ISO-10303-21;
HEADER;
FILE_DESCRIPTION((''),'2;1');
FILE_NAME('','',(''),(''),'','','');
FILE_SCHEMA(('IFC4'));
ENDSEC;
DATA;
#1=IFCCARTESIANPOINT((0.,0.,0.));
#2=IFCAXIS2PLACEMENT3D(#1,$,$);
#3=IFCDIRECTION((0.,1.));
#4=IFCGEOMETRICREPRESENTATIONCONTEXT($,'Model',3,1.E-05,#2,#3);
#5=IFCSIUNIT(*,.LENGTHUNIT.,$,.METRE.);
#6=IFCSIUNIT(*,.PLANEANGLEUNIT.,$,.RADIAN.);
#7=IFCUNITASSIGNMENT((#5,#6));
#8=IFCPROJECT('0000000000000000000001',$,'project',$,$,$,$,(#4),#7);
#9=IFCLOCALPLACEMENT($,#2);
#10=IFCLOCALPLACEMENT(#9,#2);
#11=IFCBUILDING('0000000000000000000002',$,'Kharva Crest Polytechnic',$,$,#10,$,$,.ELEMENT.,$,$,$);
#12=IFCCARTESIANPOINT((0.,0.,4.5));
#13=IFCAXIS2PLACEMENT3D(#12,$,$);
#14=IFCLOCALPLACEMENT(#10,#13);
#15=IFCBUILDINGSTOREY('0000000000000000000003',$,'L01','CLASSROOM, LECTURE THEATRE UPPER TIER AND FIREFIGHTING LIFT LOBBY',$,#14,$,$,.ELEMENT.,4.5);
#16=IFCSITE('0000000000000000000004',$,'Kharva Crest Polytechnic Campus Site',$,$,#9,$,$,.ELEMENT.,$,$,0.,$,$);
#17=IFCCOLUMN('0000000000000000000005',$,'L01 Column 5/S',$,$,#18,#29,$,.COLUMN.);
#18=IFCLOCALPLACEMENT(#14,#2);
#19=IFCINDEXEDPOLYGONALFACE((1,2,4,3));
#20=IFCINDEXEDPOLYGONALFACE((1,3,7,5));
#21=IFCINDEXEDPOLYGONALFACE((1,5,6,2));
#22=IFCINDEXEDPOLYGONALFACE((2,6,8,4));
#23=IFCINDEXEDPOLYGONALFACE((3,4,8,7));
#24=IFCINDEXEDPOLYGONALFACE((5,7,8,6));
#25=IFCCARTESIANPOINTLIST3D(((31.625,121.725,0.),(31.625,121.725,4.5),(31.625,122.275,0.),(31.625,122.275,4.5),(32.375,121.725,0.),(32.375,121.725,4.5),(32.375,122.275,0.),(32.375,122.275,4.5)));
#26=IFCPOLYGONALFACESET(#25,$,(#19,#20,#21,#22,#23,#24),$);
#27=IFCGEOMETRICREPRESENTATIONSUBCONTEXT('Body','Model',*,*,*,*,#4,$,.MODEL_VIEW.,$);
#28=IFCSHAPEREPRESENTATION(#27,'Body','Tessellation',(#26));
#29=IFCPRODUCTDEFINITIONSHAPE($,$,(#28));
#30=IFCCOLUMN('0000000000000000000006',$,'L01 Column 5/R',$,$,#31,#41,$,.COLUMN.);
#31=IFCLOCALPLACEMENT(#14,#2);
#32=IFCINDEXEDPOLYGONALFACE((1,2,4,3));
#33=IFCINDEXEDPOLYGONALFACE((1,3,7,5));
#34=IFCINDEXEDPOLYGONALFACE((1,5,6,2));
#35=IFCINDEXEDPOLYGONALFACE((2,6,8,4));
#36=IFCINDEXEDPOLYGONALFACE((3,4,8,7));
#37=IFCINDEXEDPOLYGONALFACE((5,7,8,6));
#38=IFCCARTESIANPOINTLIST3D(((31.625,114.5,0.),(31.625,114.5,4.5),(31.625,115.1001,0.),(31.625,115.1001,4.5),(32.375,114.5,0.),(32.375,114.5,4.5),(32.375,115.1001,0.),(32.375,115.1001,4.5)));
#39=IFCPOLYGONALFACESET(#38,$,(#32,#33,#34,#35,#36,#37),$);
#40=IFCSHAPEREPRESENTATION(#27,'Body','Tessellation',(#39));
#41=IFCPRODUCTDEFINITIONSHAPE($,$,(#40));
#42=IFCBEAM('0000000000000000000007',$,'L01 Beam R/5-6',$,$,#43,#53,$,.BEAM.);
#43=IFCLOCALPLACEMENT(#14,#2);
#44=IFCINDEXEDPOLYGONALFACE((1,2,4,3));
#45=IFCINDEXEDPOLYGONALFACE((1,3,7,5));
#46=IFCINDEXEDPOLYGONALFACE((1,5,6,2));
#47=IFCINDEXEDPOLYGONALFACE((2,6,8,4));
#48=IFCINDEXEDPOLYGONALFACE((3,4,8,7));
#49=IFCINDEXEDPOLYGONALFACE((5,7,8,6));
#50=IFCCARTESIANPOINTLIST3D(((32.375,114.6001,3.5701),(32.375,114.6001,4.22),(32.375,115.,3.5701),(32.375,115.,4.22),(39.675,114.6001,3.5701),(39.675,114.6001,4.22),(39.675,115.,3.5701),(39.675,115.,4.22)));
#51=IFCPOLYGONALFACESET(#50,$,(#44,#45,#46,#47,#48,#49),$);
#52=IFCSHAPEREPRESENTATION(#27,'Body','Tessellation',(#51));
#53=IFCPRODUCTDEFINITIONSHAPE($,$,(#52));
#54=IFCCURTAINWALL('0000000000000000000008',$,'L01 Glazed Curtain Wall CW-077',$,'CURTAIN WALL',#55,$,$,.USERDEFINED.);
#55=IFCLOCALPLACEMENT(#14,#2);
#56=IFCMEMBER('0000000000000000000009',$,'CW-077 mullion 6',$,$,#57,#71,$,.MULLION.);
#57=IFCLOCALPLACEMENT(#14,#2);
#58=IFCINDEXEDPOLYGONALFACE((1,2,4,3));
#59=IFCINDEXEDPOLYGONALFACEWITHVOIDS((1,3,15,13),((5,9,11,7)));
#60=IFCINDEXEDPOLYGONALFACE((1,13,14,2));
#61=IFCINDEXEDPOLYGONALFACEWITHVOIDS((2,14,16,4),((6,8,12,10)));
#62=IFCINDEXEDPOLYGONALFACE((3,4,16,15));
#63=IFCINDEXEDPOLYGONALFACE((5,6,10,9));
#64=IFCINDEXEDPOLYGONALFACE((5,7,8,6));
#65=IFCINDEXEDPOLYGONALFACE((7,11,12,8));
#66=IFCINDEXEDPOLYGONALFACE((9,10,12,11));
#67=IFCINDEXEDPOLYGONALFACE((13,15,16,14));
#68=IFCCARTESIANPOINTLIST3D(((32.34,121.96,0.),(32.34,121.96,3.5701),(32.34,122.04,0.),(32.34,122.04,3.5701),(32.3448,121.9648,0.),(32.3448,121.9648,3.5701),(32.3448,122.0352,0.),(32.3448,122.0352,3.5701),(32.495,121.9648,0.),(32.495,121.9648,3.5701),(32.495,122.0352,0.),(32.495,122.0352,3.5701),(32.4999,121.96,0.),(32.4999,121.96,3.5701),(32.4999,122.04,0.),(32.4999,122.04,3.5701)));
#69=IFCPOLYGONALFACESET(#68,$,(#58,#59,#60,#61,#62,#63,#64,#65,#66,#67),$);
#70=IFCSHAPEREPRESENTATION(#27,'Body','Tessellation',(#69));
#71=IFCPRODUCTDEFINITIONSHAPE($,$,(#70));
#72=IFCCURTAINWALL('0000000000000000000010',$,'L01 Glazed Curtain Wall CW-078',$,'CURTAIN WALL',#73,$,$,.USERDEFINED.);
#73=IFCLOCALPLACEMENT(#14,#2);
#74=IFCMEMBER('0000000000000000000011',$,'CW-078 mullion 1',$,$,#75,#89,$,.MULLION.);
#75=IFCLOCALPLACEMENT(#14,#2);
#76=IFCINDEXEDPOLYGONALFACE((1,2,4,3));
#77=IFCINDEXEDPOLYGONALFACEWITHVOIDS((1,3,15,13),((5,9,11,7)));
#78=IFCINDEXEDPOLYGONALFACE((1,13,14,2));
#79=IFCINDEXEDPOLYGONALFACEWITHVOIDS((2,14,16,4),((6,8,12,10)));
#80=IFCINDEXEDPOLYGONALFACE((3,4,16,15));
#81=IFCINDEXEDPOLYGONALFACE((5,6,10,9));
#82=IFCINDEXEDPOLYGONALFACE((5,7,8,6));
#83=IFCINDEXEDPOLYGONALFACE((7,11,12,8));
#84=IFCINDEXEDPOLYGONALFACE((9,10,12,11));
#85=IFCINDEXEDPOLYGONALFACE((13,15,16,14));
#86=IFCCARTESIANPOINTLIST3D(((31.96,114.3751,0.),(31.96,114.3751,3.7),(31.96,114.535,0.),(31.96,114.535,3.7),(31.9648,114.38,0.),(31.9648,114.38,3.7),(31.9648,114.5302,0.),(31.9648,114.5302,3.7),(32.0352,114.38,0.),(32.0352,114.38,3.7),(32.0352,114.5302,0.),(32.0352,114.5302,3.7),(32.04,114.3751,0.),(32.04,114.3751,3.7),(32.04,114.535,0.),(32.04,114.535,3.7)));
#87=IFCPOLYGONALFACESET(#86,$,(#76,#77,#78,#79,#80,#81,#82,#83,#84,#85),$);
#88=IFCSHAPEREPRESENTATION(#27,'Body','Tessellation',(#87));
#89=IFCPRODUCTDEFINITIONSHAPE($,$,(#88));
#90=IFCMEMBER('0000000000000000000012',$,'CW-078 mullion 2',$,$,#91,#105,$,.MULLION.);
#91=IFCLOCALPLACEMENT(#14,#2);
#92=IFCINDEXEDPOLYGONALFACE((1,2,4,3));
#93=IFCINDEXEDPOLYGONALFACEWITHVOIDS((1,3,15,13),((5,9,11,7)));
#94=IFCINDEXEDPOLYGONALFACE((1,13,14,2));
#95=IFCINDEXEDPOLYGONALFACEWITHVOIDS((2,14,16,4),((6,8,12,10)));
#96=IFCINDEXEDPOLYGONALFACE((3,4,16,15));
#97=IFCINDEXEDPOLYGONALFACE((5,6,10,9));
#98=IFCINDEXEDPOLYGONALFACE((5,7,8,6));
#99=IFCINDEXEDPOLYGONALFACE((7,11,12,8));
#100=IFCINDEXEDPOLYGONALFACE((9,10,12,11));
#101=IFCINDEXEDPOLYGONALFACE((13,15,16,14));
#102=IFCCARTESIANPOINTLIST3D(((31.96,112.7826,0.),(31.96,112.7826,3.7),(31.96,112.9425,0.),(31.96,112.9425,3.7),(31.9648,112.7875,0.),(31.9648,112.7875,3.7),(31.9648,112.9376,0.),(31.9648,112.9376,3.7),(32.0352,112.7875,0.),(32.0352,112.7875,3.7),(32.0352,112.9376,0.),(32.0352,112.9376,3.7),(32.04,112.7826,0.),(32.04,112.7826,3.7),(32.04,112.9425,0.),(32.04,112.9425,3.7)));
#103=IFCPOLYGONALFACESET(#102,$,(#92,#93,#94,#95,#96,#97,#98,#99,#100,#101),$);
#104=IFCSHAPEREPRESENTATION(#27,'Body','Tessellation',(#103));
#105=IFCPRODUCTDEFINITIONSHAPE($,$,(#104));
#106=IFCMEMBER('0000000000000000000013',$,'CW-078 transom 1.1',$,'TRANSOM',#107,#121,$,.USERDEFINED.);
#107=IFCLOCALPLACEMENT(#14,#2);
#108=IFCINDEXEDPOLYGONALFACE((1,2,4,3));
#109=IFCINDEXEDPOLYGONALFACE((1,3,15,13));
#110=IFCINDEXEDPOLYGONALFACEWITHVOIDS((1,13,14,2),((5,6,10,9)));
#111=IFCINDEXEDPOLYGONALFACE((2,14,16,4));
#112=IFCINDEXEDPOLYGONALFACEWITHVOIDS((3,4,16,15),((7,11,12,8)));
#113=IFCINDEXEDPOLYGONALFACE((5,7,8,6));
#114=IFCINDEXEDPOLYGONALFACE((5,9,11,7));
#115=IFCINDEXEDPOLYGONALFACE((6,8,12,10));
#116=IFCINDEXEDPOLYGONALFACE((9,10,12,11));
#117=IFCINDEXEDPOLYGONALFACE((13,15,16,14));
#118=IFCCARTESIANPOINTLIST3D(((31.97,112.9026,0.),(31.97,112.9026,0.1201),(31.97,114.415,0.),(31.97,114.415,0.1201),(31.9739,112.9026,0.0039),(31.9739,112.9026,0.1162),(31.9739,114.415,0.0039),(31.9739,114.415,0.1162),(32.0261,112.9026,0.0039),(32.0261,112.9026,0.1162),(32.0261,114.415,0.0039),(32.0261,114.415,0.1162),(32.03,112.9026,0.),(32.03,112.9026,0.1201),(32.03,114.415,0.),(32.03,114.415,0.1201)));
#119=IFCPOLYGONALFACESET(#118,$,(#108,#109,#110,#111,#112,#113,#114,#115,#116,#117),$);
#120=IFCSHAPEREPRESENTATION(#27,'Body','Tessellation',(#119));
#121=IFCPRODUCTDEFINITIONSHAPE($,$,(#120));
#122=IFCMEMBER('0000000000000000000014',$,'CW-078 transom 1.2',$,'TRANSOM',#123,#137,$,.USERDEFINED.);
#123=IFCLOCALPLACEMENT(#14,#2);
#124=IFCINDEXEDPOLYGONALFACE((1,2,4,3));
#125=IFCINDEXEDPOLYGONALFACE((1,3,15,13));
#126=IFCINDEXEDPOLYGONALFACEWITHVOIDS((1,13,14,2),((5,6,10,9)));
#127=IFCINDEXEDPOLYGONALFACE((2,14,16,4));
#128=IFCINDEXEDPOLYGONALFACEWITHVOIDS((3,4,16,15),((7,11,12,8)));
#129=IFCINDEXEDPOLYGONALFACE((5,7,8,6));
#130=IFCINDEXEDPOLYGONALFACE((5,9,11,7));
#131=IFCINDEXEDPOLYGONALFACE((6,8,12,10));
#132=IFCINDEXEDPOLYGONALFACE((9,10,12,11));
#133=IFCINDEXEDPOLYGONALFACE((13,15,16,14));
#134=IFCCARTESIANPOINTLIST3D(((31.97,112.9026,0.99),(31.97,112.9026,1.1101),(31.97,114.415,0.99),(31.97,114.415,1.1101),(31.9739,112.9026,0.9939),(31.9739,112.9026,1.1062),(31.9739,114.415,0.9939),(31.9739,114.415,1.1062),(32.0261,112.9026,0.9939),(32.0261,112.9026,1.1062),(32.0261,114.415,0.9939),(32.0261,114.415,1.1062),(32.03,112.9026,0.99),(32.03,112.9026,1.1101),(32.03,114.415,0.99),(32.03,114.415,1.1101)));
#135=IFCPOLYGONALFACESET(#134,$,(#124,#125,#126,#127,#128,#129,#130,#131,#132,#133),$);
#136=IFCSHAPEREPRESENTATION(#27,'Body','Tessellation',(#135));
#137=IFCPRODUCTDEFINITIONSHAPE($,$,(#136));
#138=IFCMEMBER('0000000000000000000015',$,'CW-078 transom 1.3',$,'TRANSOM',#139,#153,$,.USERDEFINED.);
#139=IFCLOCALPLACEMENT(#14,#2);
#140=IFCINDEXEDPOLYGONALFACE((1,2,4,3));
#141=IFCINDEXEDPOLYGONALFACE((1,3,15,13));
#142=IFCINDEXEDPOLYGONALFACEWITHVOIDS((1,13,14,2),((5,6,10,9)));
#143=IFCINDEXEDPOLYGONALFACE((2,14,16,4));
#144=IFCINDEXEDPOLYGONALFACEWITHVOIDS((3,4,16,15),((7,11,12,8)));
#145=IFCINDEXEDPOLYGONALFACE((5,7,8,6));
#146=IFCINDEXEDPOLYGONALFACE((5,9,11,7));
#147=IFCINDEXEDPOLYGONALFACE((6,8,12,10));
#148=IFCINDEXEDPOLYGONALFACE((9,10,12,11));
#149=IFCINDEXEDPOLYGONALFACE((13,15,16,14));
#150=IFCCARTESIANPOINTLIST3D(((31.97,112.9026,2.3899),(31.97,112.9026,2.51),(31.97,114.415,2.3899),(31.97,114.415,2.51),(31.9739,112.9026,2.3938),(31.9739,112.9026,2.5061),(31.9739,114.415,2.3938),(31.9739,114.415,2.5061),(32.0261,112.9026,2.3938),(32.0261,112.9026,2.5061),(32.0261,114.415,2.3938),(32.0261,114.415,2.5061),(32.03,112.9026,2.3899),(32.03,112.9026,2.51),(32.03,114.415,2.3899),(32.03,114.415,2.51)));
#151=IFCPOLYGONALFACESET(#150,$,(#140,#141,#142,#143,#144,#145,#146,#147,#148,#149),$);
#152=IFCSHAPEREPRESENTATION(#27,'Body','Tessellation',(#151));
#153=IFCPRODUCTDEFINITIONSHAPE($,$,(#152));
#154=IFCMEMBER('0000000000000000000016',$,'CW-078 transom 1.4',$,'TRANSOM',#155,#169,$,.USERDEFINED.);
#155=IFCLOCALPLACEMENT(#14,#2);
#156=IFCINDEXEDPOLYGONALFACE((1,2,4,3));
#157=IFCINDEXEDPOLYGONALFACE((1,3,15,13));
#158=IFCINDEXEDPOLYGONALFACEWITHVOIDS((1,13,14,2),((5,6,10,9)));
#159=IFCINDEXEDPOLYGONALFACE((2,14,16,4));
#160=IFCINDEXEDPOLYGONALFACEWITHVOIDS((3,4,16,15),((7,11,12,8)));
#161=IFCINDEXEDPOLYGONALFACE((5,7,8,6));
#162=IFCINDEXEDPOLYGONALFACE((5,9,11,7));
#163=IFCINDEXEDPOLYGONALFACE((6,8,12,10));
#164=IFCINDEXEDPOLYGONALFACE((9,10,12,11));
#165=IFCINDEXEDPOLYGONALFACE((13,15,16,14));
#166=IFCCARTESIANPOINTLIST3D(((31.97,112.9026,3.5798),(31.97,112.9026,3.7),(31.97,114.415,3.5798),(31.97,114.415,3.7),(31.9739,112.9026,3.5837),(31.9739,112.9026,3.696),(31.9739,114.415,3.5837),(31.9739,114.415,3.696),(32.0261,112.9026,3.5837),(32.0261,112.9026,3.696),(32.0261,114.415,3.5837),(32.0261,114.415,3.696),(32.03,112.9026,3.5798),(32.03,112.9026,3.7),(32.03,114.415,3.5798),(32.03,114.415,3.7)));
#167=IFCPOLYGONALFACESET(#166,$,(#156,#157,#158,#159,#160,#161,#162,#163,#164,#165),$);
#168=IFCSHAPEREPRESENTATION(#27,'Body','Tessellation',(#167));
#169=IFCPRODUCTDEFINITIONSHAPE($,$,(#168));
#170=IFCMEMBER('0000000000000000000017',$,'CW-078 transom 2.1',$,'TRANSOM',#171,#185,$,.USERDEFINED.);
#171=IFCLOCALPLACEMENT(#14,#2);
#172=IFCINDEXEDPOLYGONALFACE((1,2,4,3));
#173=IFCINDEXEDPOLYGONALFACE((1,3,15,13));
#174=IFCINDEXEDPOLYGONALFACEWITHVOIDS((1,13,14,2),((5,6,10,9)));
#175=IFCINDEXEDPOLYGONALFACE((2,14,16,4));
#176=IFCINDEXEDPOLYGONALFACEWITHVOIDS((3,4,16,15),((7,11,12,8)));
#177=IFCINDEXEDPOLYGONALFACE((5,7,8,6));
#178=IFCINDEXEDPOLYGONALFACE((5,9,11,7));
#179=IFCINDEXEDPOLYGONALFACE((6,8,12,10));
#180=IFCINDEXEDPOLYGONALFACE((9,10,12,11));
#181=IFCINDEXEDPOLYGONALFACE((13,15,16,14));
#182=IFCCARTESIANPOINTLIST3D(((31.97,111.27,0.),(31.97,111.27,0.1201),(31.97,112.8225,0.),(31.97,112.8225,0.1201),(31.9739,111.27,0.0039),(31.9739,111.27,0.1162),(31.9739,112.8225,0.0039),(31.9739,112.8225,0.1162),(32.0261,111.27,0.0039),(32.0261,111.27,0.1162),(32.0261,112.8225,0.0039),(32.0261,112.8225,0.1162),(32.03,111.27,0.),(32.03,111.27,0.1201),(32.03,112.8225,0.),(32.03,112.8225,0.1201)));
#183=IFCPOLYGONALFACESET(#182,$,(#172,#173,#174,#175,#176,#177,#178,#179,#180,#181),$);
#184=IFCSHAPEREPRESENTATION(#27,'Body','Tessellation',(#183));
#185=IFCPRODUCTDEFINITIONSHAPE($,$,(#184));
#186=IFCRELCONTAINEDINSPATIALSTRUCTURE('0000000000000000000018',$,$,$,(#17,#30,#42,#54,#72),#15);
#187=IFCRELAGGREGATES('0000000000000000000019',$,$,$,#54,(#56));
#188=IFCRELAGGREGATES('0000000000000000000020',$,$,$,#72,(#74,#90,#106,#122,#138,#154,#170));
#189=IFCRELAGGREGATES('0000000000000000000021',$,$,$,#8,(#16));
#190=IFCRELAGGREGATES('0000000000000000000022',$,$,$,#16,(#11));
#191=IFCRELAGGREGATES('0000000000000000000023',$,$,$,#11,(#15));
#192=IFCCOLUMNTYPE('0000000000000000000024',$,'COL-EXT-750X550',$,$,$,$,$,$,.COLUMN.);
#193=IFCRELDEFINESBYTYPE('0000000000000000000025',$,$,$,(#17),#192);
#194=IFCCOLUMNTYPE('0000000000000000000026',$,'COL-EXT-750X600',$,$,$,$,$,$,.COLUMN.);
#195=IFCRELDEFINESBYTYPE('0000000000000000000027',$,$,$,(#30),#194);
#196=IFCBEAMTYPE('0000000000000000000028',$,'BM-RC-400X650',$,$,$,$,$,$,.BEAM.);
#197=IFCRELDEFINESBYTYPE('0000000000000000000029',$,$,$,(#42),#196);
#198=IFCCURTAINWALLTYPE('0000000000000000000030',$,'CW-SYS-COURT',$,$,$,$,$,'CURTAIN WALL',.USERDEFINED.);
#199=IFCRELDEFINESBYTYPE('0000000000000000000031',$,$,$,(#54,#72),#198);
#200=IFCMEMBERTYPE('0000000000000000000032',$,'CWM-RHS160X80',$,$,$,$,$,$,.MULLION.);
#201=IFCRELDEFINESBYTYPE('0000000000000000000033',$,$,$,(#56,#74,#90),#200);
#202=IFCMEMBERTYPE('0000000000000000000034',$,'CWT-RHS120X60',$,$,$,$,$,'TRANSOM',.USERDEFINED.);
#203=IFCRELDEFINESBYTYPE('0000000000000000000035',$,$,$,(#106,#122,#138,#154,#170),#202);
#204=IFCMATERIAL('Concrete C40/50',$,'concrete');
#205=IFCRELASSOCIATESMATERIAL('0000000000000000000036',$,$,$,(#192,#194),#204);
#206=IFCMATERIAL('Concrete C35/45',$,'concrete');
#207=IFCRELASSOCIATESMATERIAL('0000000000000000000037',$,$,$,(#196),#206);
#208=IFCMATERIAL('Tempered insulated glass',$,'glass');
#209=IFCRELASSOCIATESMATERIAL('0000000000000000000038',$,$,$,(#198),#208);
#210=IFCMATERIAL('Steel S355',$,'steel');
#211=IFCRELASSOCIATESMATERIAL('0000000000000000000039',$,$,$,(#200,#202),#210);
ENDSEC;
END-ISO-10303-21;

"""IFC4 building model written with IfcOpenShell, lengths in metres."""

from ifc_helpers import new_model, si_unit, direction, frame, origin, origin_2d, place, context, subcontext, project, spatial, rectangle, hollow_rectangle, extrude, material, material_profile, profile_set, type_object, element, aggregate, save


model = new_model("IFC4")

# Units and contexts
model_context = context("Model", 3, precision=1e-05, world=origin(), true_north=direction((0.0, 1.0)))
body_context = subcontext(model_context, "Body", "Model", "MODEL_VIEW")
ifc_project = project(units=[si_unit("LENGTHUNIT", "METRE"), si_unit("PLANEANGLEUNIT", "RADIAN")], contexts=[model_context])

# Site, building, storey
site_placement = place(None, origin())
site = spatial("IfcSite", under=ifc_project, at=site_placement, Name="Kharva Crest Polytechnic Campus Site", CompositionType="ELEMENT", RefElevation=0.0)
building_placement = place(site_placement, origin())
building = spatial("IfcBuilding", under=site, at=building_placement, Name="Kharva Crest Polytechnic", CompositionType="ELEMENT")
storey_placement = place(building_placement, frame((0.0, 0.0, 4.5)))
storey = spatial("IfcBuildingStorey", under=building, at=storey_placement, Name="L01", Description="CLASSROOM, LECTURE THEATRE UPPER TIER AND FIREFIGHTING LIFT LOBBY", CompositionType="ELEMENT", Elevation=4.5)

# Columns
ifc_material_1 = material(Name="Concrete C40/50", Category="concrete")
ifc_material_profile_1 = material_profile(ifc_material_1, rectangle(XDim=0.75, YDim=0.55, at=origin_2d()), Name="RECT 750 X 550")
ifc_profile_set_1 = profile_set([ifc_material_profile_1], Name="Concrete C40/50")
column_type_1 = type_object("IfcColumnType", Name="COL-EXT-750X550", PredefinedType="COLUMN", material=ifc_profile_set_1)
column_1_placement = place(storey_placement, frame((32.0, 122.0, 0.0), z_axis=(0.0, 0.0, 1.0), x_axis=(1.0, 0.0, 0.0)))
element("IfcColumn", 1, at=column_1_placement, inside=storey, type_object=column_type_1, Name="L01 Column 5/S", PredefinedType="COLUMN", context=body_context, shape_type="SweptSolid", body=[
    extrude(rectangle(XDim=0.75, YDim=0.55, at=origin_2d()), origin(), (0.0, 0.0, 1.0), 4.5),
])
ifc_material_profile_2 = material_profile(ifc_material_1, rectangle(XDim=0.75, YDim=0.6001, at=origin_2d()), Name="RECT 750 X 600")
ifc_profile_set_2 = profile_set([ifc_material_profile_2], Name="Concrete C40/50")
column_type_2 = type_object("IfcColumnType", Name="COL-EXT-750X600", PredefinedType="COLUMN", material=ifc_profile_set_2)
column_2_placement = place(storey_placement, frame((32.0, 114.8, 0.0), z_axis=(0.0, 0.0, 1.0), x_axis=(1.0, 0.0, 0.0)))
element("IfcColumn", 2, at=column_2_placement, inside=storey, type_object=column_type_2, Name="L01 Column 5/R", PredefinedType="COLUMN", context=body_context, shape_type="SweptSolid", body=[
    extrude(rectangle(XDim=0.75, YDim=0.6001, at=origin_2d()), origin(), (0.0, 0.0, 1.0), 4.5),
])

# Beam
ifc_material_2 = material(Name="Concrete C35/45", Category="concrete")
ifc_material_profile_3 = material_profile(ifc_material_2, rectangle(XDim=0.3999, YDim=0.6499, at=origin_2d()), Name="RECT 400 X 650")
ifc_profile_set_3 = profile_set([ifc_material_profile_3], Name="Concrete C35/45")
beam_type_1 = type_object("IfcBeamType", Name="BM-RC-400X650", PredefinedType="BEAM", material=ifc_profile_set_3)
beam_1_placement = place(storey_placement, frame((32.375, 114.8, 3.895), z_axis=(1.0, 0.0, 0.0), x_axis=(0.0, 1.0, 0.0)))
element("IfcBeam", 3, at=beam_1_placement, inside=storey, type_object=beam_type_1, Name="L01 Beam R/5-6", PredefinedType="BEAM", context=body_context, shape_type="SweptSolid", body=[
    extrude(rectangle(XDim=0.3999, YDim=0.6499, at=origin_2d()), origin(), (0.0, 0.0, 1.0), 7.3),
])

# Curtain wall, member
ifc_material_3 = material(Name="Tempered insulated glass", Category="glass")
curtain_wall_type = type_object("IfcCurtainWallType", Name="CW-SYS-COURT", ElementType="CURTAIN WALL", PredefinedType="USERDEFINED", material=ifc_material_3)
curtain_wall_1_placement = place(storey_placement, origin())
curtain_wall_1 = element("IfcCurtainWall", 4, at=curtain_wall_1_placement, inside=storey, type_object=curtain_wall_type, Name="L01 Glazed Curtain Wall CW-077", ObjectType="CURTAIN WALL", PredefinedType="USERDEFINED")
ifc_material_4 = material(Name="Steel S355", Category="steel")
ifc_material_profile_4 = material_profile(ifc_material_4, hollow_rectangle(XDim=0.0801, YDim=0.1599, WallThickness=0.0049, at=origin_2d()), Name="RHS 160X80X5.0")
ifc_profile_set_4 = profile_set([ifc_material_profile_4], Name="Steel S355")
member_type_1 = type_object("IfcMemberType", Name="CWM-RHS160X80", PredefinedType="MULLION", material=ifc_profile_set_4)
member_1_placement = place(storey_placement, frame((32.4199, 122.0, 0.0), z_axis=(0.0, 0.0, 1.0), x_axis=(0.0, -1.0, 0.0)))
member_1 = element("IfcMember", 5, at=member_1_placement, type_object=member_type_1, Name="CW-077 mullion 6", PredefinedType="MULLION", context=body_context, shape_type="SweptSolid", body=[
    extrude(hollow_rectangle(XDim=0.0801, YDim=0.1599, WallThickness=0.0049, at=origin_2d()), origin(), (0.0, 0.0, 1.0), 3.5701),
])
aggregate(curtain_wall_1, [member_1])

# Curtain wall, members
curtain_wall_2_placement = place(storey_placement, origin())
curtain_wall_2 = element("IfcCurtainWall", 6, at=curtain_wall_2_placement, inside=storey, type_object=curtain_wall_type, Name="L01 Glazed Curtain Wall CW-078", ObjectType="CURTAIN WALL", PredefinedType="USERDEFINED")
member_2_placement = place(storey_placement, frame((32.0, 114.4551, 0.0), z_axis=(0.0, 0.0, 1.0), x_axis=(1.0, 0.0, 0.0)))
member_2 = element("IfcMember", 7, at=member_2_placement, type_object=member_type_1, Name="CW-078 mullion 1", PredefinedType="MULLION", context=body_context, shape_type="SweptSolid", body=[
    extrude(hollow_rectangle(XDim=0.0801, YDim=0.1599, WallThickness=0.0049, at=origin_2d()), origin(), (0.0, 0.0, 1.0), 3.7),
])
member_3_placement = place(storey_placement, frame((32.0, 112.8625, 0.0), z_axis=(0.0, 0.0, 1.0), x_axis=(1.0, 0.0, 0.0)))
member_3 = element("IfcMember", 8, at=member_3_placement, type_object=member_type_1, Name="CW-078 mullion 2", PredefinedType="MULLION", context=body_context, shape_type="SweptSolid", body=[
    extrude(hollow_rectangle(XDim=0.0801, YDim=0.1599, WallThickness=0.0049, at=origin_2d()), origin(), (0.0, 0.0, 1.0), 3.7),
])
ifc_material_profile_5 = material_profile(ifc_material_4, hollow_rectangle(XDim=0.0601, YDim=0.1201, WallThickness=0.0039, at=origin_2d()), Name="RHS 120X60X4.0")
ifc_profile_set_5 = profile_set([ifc_material_profile_5], Name="Steel S355")
member_type_2 = type_object("IfcMemberType", Name="CWT-RHS120X60", ElementType="TRANSOM", PredefinedType="USERDEFINED", material=ifc_profile_set_5)
member_4_placement = place(storey_placement, frame((32.0, 114.415, 0.0601), z_axis=(0.0, -1.0, 0.0), x_axis=(1.0, 0.0, 0.0)))
member_4 = element("IfcMember", 9, at=member_4_placement, type_object=member_type_2, Name="CW-078 transom 1.1", ObjectType="TRANSOM", PredefinedType="USERDEFINED", context=body_context, shape_type="SweptSolid", body=[
    extrude(hollow_rectangle(XDim=0.0601, YDim=0.1201, WallThickness=0.0039, at=origin_2d()), origin(), (0.0, 0.0, 1.0), 1.5125),
])
member_5_placement = place(storey_placement, frame((32.0, 114.415, 1.05), z_axis=(0.0, -1.0, 0.0), x_axis=(1.0, 0.0, 0.0)))
member_5 = element("IfcMember", 10, at=member_5_placement, type_object=member_type_2, Name="CW-078 transom 1.2", ObjectType="TRANSOM", PredefinedType="USERDEFINED", context=body_context, shape_type="SweptSolid", body=[
    extrude(hollow_rectangle(XDim=0.0601, YDim=0.1201, WallThickness=0.0039, at=origin_2d()), origin(), (0.0, 0.0, 1.0), 1.5125),
])
member_6_placement = place(storey_placement, frame((32.0, 114.415, 2.45), z_axis=(0.0, -1.0, 0.0), x_axis=(1.0, 0.0, 0.0)))
member_6 = element("IfcMember", 11, at=member_6_placement, type_object=member_type_2, Name="CW-078 transom 1.3", ObjectType="TRANSOM", PredefinedType="USERDEFINED", context=body_context, shape_type="SweptSolid", body=[
    extrude(hollow_rectangle(XDim=0.0601, YDim=0.1201, WallThickness=0.0039, at=origin_2d()), origin(), (0.0, 0.0, 1.0), 1.5125),
])
member_7_placement = place(storey_placement, frame((32.0, 114.415, 3.6399), z_axis=(0.0, -1.0, 0.0), x_axis=(1.0, 0.0, 0.0)))
member_7 = element("IfcMember", 12, at=member_7_placement, type_object=member_type_2, Name="CW-078 transom 1.4", ObjectType="TRANSOM", PredefinedType="USERDEFINED", context=body_context, shape_type="SweptSolid", body=[
    extrude(hollow_rectangle(XDim=0.0601, YDim=0.1201, WallThickness=0.0039, at=origin_2d()), origin(), (0.0, 0.0, 1.0), 1.5125),
])
member_8_placement = place(storey_placement, frame((32.0, 112.8225, 0.0601), z_axis=(0.0, -1.0, 0.0), x_axis=(1.0, 0.0, 0.0)))
member_8 = element("IfcMember", 13, at=member_8_placement, type_object=member_type_2, Name="CW-078 transom 2.1", ObjectType="TRANSOM", PredefinedType="USERDEFINED", context=body_context, shape_type="SweptSolid", body=[
    extrude(hollow_rectangle(XDim=0.0601, YDim=0.1201, WallThickness=0.0039, at=origin_2d()), origin(), (0.0, 0.0, 1.0), 1.5525),
])

aggregate(curtain_wall_2, [member_2, member_3, member_4, member_5, member_6, member_7, member_8])

save(model, "model.ifc")
